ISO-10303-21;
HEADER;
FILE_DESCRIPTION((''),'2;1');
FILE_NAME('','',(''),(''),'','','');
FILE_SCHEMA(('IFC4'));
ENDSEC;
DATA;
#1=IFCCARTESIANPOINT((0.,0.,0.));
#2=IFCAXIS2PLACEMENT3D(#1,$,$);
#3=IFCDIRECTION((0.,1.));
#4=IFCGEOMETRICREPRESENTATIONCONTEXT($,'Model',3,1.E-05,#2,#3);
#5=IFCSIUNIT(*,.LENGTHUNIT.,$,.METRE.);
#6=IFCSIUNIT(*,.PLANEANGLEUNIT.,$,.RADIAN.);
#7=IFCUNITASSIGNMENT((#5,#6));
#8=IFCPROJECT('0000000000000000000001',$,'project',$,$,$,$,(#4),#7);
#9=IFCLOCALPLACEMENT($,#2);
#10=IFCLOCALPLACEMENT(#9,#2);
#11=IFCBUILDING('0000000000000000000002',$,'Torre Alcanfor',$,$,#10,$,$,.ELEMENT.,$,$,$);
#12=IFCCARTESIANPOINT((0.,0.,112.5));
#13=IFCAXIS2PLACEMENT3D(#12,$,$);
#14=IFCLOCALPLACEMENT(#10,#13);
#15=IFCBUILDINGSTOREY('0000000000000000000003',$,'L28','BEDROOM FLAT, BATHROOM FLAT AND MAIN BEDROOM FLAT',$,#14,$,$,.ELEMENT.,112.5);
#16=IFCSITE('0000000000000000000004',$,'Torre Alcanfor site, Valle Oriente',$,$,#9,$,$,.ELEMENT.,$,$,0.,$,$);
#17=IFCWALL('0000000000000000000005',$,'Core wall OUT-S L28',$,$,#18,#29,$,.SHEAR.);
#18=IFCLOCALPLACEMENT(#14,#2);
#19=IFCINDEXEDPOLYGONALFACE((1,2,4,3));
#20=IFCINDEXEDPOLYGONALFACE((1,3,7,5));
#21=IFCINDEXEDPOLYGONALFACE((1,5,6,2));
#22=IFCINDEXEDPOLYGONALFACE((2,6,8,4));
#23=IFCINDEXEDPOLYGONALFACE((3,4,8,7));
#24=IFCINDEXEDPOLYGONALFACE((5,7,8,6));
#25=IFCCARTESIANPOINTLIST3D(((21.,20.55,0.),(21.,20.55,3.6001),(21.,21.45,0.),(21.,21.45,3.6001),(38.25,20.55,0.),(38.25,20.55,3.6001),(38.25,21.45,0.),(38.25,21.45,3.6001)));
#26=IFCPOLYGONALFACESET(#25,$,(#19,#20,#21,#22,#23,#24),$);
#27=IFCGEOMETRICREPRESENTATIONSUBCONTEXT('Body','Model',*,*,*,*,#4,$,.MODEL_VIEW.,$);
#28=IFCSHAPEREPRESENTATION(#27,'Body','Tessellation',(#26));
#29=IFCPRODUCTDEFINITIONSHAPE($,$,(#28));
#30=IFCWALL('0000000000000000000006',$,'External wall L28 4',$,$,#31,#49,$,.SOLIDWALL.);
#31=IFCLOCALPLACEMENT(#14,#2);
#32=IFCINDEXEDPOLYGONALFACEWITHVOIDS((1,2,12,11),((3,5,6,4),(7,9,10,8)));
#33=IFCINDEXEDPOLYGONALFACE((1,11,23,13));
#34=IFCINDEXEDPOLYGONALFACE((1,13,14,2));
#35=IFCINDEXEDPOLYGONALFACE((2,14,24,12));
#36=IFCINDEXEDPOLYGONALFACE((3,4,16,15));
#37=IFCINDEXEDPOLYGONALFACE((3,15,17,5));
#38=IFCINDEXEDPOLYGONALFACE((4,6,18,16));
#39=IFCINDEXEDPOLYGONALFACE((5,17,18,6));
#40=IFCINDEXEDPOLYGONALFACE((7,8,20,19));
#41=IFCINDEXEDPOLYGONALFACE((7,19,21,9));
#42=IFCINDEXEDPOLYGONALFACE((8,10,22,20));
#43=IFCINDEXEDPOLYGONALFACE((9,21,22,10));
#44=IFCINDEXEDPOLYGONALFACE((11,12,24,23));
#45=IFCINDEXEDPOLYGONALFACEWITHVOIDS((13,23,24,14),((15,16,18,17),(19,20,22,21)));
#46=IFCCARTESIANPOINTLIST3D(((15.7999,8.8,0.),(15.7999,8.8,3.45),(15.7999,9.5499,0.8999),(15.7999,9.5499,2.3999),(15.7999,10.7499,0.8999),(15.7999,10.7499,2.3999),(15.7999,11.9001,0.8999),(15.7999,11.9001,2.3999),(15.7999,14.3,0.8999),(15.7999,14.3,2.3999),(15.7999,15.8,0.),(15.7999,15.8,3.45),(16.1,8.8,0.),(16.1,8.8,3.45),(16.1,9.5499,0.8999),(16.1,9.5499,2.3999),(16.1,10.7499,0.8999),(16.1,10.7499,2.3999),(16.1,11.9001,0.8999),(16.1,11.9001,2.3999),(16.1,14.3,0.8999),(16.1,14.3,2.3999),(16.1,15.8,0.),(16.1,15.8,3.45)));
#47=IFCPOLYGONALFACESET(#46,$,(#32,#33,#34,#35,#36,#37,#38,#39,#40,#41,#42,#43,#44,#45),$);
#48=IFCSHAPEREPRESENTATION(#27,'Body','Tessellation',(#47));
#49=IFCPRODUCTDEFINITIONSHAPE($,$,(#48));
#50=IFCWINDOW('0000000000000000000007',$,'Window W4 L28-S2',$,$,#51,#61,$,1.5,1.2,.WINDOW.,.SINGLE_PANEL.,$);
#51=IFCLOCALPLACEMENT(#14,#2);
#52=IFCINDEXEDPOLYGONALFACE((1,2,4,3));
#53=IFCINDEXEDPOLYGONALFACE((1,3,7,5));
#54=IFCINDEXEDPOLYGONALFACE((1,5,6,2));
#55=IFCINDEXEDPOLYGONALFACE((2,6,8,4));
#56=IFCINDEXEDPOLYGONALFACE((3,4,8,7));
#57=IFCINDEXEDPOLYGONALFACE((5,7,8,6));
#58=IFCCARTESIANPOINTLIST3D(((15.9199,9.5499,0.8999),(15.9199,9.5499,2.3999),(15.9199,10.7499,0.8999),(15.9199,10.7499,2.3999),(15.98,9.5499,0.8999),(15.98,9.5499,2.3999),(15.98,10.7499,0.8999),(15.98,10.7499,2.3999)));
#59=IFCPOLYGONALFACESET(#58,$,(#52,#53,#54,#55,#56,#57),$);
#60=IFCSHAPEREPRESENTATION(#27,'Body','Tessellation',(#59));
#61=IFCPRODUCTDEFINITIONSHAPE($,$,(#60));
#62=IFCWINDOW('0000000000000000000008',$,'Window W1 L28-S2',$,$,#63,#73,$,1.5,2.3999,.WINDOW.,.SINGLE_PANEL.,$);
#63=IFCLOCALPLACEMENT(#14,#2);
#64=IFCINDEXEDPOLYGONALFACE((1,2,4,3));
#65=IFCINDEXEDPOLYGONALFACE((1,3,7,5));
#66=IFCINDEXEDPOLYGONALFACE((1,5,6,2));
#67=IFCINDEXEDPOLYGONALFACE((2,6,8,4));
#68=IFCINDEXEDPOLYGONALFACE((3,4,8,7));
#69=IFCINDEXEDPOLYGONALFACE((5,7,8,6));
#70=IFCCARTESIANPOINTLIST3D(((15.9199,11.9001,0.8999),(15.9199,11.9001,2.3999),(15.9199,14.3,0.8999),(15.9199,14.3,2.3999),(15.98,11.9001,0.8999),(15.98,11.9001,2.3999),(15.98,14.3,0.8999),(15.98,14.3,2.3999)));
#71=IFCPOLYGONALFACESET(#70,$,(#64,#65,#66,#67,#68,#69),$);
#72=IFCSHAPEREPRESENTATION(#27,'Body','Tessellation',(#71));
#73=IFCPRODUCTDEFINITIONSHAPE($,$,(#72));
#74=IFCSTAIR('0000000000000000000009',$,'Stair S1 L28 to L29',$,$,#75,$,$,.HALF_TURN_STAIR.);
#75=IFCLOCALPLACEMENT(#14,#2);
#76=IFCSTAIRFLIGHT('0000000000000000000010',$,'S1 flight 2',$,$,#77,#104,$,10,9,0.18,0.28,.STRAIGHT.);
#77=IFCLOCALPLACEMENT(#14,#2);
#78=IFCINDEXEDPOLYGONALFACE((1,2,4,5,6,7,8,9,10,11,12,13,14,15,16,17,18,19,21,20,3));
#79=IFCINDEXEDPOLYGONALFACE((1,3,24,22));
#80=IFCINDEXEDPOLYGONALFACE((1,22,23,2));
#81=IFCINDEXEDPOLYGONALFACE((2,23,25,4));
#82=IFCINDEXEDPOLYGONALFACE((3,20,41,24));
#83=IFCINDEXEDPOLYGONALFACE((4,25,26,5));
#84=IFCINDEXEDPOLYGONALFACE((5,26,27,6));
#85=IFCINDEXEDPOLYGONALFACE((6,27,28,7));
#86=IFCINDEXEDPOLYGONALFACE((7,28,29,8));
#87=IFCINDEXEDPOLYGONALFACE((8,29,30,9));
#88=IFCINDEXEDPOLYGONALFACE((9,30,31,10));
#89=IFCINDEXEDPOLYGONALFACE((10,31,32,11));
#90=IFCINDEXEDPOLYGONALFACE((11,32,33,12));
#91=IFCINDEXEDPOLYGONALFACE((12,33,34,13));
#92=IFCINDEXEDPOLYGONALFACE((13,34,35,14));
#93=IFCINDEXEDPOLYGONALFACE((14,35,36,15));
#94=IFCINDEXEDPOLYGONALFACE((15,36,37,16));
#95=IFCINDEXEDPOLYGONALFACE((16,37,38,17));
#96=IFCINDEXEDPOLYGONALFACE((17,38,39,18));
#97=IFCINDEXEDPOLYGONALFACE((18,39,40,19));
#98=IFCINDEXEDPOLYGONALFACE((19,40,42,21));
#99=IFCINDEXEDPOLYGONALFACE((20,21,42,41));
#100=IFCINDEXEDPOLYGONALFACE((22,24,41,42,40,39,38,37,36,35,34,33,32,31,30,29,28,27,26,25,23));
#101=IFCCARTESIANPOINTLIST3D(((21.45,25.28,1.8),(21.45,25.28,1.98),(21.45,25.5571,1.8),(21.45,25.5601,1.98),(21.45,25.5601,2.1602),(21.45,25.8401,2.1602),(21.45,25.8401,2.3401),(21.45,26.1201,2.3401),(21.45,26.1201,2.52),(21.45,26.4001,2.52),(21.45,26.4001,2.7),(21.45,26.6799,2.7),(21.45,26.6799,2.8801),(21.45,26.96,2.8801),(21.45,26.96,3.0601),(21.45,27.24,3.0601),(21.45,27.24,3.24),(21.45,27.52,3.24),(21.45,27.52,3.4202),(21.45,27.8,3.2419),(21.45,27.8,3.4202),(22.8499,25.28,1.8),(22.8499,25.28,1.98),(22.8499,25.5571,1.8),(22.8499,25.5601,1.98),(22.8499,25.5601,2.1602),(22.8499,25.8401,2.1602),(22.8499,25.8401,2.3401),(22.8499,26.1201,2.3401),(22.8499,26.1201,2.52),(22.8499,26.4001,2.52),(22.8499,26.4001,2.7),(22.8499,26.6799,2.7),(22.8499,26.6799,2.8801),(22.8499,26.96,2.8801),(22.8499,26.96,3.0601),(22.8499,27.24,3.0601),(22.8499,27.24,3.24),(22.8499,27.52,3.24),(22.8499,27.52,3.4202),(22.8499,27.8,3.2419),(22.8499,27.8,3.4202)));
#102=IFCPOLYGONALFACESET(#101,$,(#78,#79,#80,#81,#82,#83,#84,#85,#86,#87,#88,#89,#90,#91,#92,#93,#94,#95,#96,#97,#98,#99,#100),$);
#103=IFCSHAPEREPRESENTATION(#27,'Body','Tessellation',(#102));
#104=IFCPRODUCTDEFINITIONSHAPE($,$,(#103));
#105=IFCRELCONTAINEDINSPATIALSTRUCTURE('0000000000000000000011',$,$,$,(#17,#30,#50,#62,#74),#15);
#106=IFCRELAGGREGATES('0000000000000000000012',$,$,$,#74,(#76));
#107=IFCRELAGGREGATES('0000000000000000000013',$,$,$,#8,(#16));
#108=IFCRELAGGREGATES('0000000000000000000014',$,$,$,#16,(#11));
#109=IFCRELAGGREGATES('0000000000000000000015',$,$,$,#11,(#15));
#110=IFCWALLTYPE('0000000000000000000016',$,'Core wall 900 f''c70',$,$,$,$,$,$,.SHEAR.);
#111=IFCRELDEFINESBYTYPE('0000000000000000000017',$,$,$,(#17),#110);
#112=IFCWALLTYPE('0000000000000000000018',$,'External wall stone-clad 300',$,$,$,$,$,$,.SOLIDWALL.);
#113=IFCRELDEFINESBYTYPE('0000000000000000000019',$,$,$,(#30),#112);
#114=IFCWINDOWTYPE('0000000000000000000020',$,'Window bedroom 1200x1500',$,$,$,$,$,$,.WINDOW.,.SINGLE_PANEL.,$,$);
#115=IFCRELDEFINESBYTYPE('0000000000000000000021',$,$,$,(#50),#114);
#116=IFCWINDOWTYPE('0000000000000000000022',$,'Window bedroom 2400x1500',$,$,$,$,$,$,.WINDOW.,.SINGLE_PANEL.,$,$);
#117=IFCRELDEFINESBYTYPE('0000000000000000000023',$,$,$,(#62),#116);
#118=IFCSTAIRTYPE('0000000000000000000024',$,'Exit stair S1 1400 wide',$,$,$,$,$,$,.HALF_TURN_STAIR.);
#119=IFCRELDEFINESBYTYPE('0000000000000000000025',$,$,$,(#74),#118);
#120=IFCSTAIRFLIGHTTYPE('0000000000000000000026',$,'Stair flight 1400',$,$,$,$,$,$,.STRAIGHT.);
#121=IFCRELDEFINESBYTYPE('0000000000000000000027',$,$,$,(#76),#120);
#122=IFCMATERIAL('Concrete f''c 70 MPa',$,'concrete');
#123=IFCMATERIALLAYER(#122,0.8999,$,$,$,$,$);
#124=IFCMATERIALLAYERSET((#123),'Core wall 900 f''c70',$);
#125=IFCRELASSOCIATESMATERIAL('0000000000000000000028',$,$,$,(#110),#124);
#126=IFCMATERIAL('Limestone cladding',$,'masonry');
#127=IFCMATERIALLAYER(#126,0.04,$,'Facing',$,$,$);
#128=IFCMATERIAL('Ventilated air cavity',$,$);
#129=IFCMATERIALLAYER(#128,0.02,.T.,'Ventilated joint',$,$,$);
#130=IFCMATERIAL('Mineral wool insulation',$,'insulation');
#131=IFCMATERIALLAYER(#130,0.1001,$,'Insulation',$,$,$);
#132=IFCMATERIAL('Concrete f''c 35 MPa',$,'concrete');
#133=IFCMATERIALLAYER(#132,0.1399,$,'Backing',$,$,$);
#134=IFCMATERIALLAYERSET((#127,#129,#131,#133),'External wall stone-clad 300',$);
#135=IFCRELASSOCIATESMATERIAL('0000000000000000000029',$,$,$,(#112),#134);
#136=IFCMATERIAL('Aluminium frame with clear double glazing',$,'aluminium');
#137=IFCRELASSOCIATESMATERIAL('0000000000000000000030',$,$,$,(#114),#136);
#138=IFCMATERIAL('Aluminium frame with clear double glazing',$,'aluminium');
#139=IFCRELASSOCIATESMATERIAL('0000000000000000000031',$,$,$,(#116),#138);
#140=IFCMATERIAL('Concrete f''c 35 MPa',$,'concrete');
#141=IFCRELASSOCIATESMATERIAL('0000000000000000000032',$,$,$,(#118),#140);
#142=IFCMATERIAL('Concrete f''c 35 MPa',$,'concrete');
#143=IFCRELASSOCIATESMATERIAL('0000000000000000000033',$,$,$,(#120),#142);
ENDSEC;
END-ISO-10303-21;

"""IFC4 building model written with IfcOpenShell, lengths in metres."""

from ifc_helpers import new_model, si_unit, direction, frame, frame_2d, origin, place, context, subcontext, project, spatial, polyline, rectangle, outline, extrude, material, layer, layer_set, type_object, element, fill, aggregate, save


model = new_model("IFC4")

# Units and contexts
model_context = context("Model", 3, precision=1e-05, world=origin(), true_north=direction((0.0, 1.0)))
body_context = subcontext(model_context, "Body", "Model", "MODEL_VIEW")
ifc_project = project(units=[si_unit("LENGTHUNIT", "METRE"), si_unit("PLANEANGLEUNIT", "RADIAN")], contexts=[model_context])

# Site, building, storey
site_placement = place(None, origin())
site = spatial("IfcSite", under=ifc_project, at=site_placement, Name="Torre Alcanfor site, Valle Oriente", CompositionType="ELEMENT", RefElevation=0.0)
building_placement = place(site_placement, origin())
building = spatial("IfcBuilding", under=site, at=building_placement, Name="Torre Alcanfor", CompositionType="ELEMENT")
storey_placement = place(building_placement, frame((0.0, 0.0, 112.5)))
storey = spatial("IfcBuildingStorey", under=building, at=storey_placement, Name="L28", Description="BEDROOM FLAT, BATHROOM FLAT AND MAIN BEDROOM FLAT", CompositionType="ELEMENT", Elevation=112.5)

# Wall
ifc_material_1 = material(Name="Concrete f'c 70 MPa", Category="concrete")
ifc_layer_1 = layer(ifc_material_1, 0.8999)
ifc_layer_set_1 = layer_set([ifc_layer_1], Name="Core wall 900 f'c70")
wall_type_1 = type_object("IfcWallType", Name="Core wall 900 f'c70", PredefinedType="SHEAR", material=ifc_layer_set_1)
wall_1_placement = place(storey_placement, frame((21.0, 21.0, 0.0), z_axis=(0.0, 0.0, 1.0), x_axis=(1.0, 0.0, 0.0)))
element("IfcWall", 1, at=wall_1_placement, inside=storey, type_object=wall_type_1, Name="Core wall OUT-S L28", PredefinedType="SHEAR", context=body_context, shape_type="SweptSolid", body=[
    extrude(rectangle(XDim=17.25, YDim=0.8999, at=frame_2d((8.625, 0.0))), origin(), (0.0, 0.0, 1.0), 3.6001),
])

# Wall, openings, windows
ifc_material_2 = material(Name="Limestone cladding", Category="masonry")
ifc_layer_2 = layer(ifc_material_2, 0.04, Name="Facing")
ifc_material_3 = material(Name="Ventilated air cavity")
ifc_layer_3 = layer(ifc_material_3, 0.02, ventilated=True, Name="Ventilated joint")
ifc_material_4 = material(Name="Mineral wool insulation", Category="insulation")
ifc_layer_4 = layer(ifc_material_4, 0.1001, Name="Insulation")
ifc_material_5 = material(Name="Concrete f'c 35 MPa", Category="concrete")
ifc_layer_5 = layer(ifc_material_5, 0.1399, Name="Backing")
ifc_layer_set_2 = layer_set([ifc_layer_2, ifc_layer_3, ifc_layer_4, ifc_layer_5], Name="External wall stone-clad 300")
wall_type_2 = type_object("IfcWallType", Name="External wall stone-clad 300", PredefinedType="SOLIDWALL", material=ifc_layer_set_2)
wall_2_placement = place(storey_placement, frame((15.95, 15.8, 0.0), z_axis=(0.0, 0.0, 1.0), x_axis=(0.0, -1.0, 0.0)))
wall_2 = element("IfcWall", 2, at=wall_2_placement, inside=storey, type_object=wall_type_2, Name="External wall L28 4", PredefinedType="SOLIDWALL", context=body_context, shape_type="SweptSolid", body=[
    extrude(rectangle(XDim=7.0, YDim=0.3, at=frame_2d((3.5, 0.0))), origin(), (0.0, 0.0, 1.0), 3.45),
])
opening_1_placement = place(wall_2_placement, frame((1.5, 0.0, 0.8999)))
opening_1 = element("IfcOpeningElement", 3, at=opening_1_placement, cuts=wall_2, PredefinedType="OPENING", context=body_context, shape_type="SweptSolid", body=[
    extrude(rectangle(XDim=2.3999, YDim=1.5, at=frame_2d((1.2, 0.75))), frame((0.0, 0.1599, 0.0), z_axis=(0.0, -1.0, 0.0), x_axis=(1.0, 0.0, 0.0)), (0.0, 0.0, 1.0), 0.3201),
])
opening_2_placement = place(wall_2_placement, frame((5.05, 0.0, 0.8999)))
opening_2 = element("IfcOpeningElement", 4, at=opening_2_placement, cuts=wall_2, PredefinedType="OPENING", context=body_context, shape_type="SweptSolid", body=[
    extrude(rectangle(XDim=1.2, YDim=1.5, at=frame_2d((0.6001, 0.75))), frame((0.0, 0.1599, 0.0), z_axis=(0.0, -1.0, 0.0), x_axis=(1.0, 0.0, 0.0)), (0.0, 0.0, 1.0), 0.3201),
])
ifc_material_6 = material(Name="Aluminium frame with clear double glazing", Category="aluminium")
window_type_1 = type_object("IfcWindowType", Name="Window bedroom 1200x1500", PartitioningType="SINGLE_PANEL", PredefinedType="WINDOW", material=ifc_material_6)
window_1_placement = place(opening_2_placement, origin())
window_1 = element("IfcWindow", 5, at=window_1_placement, inside=storey, type_object=window_type_1, Name="Window W4 L28-S2", OverallHeight=1.5, OverallWidth=1.2, PartitioningType="SINGLE_PANEL", PredefinedType="WINDOW", context=body_context, shape_type="SweptSolid", body=[
    extrude(rectangle(XDim=1.2, YDim=1.5, at=frame_2d((0.6001, 0.75))), frame((0.0, 0.03, 0.0), z_axis=(0.0, -1.0, 0.0), x_axis=(1.0, 0.0, 0.0)), (0.0, 0.0, 1.0), 0.0601),
])
fill(opening_2, window_1)
ifc_material_7 = material(Name="Aluminium frame with clear double glazing", Category="aluminium")
window_type_2 = type_object("IfcWindowType", Name="Window bedroom 2400x1500", PartitioningType="SINGLE_PANEL", PredefinedType="WINDOW", material=ifc_material_7)
window_2_placement = place(opening_1_placement, origin())
window_2 = element("IfcWindow", 6, at=window_2_placement, inside=storey, type_object=window_type_2, Name="Window W1 L28-S2", OverallHeight=1.5, OverallWidth=2.3999, PartitioningType="SINGLE_PANEL", PredefinedType="WINDOW", context=body_context, shape_type="SweptSolid", body=[
    extrude(rectangle(XDim=2.3999, YDim=1.5, at=frame_2d((1.2, 0.75))), frame((0.0, 0.03, 0.0), z_axis=(0.0, -1.0, 0.0), x_axis=(1.0, 0.0, 0.0)), (0.0, 0.0, 1.0), 0.0601),
])
fill(opening_1, window_2)

# Stair, stair flight
ifc_material_8 = material(Name="Concrete f'c 35 MPa", Category="concrete")
stair_type = type_object("IfcStairType", Name="Exit stair S1 1400 wide", PredefinedType="HALF_TURN_STAIR", material=ifc_material_8)
stair_placement = place(storey_placement, origin())
stair = element("IfcStair", 7, at=stair_placement, inside=storey, type_object=stair_type, Name="Stair S1 L28 to L29", PredefinedType="HALF_TURN_STAIR")
ifc_material_9 = material(Name="Concrete f'c 35 MPa", Category="concrete")
stair_flight_type = type_object("IfcStairFlightType", Name="Stair flight 1400", PredefinedType="STRAIGHT", material=ifc_material_9)
stair_flight_placement = place(storey_placement, frame((22.1499, 25.28, 1.8), z_axis=(0.0, 0.0, 1.0), x_axis=(0.0, 1.0, 0.0)))
stair_flight = element("IfcStairFlight", 8, at=stair_flight_placement, type_object=stair_flight_type, Name="S1 flight 2", NumberOfRisers=10, NumberOfTreads=9, PredefinedType="STRAIGHT", RiserHeight=0.18, TreadLength=0.28, context=body_context, shape_type="SweptSolid", body=[
    extrude(outline(polyline([(0.0, 0.0), (0.0, 0.1799), (0.28, 0.1799), (0.28, 0.3601), (0.5601, 0.3601), (0.5601, 0.54), (0.8401, 0.54), (0.8401, 0.72), (1.1201, 0.72), (1.1201, 0.8999), (1.3999, 0.8999), (1.3999, 1.0801), (1.6799, 1.0801), (1.6799, 1.26), (1.96, 1.26), (1.96, 1.4399), (2.24, 1.4399), (2.24, 1.6201), (2.52, 1.6201), (2.52, 1.8), (2.52, 1.4419), (0.2771, 0.0), (0.0, 0.0)])), frame((0.0, 0.7, 0.0), z_axis=(0.0, -1.0, 0.0), x_axis=(1.0, 0.0, 0.0)), (0.0, 0.0, 1.0), 1.3999),
])
aggregate(stair, [stair_flight])

save(model, "model.ifc")
